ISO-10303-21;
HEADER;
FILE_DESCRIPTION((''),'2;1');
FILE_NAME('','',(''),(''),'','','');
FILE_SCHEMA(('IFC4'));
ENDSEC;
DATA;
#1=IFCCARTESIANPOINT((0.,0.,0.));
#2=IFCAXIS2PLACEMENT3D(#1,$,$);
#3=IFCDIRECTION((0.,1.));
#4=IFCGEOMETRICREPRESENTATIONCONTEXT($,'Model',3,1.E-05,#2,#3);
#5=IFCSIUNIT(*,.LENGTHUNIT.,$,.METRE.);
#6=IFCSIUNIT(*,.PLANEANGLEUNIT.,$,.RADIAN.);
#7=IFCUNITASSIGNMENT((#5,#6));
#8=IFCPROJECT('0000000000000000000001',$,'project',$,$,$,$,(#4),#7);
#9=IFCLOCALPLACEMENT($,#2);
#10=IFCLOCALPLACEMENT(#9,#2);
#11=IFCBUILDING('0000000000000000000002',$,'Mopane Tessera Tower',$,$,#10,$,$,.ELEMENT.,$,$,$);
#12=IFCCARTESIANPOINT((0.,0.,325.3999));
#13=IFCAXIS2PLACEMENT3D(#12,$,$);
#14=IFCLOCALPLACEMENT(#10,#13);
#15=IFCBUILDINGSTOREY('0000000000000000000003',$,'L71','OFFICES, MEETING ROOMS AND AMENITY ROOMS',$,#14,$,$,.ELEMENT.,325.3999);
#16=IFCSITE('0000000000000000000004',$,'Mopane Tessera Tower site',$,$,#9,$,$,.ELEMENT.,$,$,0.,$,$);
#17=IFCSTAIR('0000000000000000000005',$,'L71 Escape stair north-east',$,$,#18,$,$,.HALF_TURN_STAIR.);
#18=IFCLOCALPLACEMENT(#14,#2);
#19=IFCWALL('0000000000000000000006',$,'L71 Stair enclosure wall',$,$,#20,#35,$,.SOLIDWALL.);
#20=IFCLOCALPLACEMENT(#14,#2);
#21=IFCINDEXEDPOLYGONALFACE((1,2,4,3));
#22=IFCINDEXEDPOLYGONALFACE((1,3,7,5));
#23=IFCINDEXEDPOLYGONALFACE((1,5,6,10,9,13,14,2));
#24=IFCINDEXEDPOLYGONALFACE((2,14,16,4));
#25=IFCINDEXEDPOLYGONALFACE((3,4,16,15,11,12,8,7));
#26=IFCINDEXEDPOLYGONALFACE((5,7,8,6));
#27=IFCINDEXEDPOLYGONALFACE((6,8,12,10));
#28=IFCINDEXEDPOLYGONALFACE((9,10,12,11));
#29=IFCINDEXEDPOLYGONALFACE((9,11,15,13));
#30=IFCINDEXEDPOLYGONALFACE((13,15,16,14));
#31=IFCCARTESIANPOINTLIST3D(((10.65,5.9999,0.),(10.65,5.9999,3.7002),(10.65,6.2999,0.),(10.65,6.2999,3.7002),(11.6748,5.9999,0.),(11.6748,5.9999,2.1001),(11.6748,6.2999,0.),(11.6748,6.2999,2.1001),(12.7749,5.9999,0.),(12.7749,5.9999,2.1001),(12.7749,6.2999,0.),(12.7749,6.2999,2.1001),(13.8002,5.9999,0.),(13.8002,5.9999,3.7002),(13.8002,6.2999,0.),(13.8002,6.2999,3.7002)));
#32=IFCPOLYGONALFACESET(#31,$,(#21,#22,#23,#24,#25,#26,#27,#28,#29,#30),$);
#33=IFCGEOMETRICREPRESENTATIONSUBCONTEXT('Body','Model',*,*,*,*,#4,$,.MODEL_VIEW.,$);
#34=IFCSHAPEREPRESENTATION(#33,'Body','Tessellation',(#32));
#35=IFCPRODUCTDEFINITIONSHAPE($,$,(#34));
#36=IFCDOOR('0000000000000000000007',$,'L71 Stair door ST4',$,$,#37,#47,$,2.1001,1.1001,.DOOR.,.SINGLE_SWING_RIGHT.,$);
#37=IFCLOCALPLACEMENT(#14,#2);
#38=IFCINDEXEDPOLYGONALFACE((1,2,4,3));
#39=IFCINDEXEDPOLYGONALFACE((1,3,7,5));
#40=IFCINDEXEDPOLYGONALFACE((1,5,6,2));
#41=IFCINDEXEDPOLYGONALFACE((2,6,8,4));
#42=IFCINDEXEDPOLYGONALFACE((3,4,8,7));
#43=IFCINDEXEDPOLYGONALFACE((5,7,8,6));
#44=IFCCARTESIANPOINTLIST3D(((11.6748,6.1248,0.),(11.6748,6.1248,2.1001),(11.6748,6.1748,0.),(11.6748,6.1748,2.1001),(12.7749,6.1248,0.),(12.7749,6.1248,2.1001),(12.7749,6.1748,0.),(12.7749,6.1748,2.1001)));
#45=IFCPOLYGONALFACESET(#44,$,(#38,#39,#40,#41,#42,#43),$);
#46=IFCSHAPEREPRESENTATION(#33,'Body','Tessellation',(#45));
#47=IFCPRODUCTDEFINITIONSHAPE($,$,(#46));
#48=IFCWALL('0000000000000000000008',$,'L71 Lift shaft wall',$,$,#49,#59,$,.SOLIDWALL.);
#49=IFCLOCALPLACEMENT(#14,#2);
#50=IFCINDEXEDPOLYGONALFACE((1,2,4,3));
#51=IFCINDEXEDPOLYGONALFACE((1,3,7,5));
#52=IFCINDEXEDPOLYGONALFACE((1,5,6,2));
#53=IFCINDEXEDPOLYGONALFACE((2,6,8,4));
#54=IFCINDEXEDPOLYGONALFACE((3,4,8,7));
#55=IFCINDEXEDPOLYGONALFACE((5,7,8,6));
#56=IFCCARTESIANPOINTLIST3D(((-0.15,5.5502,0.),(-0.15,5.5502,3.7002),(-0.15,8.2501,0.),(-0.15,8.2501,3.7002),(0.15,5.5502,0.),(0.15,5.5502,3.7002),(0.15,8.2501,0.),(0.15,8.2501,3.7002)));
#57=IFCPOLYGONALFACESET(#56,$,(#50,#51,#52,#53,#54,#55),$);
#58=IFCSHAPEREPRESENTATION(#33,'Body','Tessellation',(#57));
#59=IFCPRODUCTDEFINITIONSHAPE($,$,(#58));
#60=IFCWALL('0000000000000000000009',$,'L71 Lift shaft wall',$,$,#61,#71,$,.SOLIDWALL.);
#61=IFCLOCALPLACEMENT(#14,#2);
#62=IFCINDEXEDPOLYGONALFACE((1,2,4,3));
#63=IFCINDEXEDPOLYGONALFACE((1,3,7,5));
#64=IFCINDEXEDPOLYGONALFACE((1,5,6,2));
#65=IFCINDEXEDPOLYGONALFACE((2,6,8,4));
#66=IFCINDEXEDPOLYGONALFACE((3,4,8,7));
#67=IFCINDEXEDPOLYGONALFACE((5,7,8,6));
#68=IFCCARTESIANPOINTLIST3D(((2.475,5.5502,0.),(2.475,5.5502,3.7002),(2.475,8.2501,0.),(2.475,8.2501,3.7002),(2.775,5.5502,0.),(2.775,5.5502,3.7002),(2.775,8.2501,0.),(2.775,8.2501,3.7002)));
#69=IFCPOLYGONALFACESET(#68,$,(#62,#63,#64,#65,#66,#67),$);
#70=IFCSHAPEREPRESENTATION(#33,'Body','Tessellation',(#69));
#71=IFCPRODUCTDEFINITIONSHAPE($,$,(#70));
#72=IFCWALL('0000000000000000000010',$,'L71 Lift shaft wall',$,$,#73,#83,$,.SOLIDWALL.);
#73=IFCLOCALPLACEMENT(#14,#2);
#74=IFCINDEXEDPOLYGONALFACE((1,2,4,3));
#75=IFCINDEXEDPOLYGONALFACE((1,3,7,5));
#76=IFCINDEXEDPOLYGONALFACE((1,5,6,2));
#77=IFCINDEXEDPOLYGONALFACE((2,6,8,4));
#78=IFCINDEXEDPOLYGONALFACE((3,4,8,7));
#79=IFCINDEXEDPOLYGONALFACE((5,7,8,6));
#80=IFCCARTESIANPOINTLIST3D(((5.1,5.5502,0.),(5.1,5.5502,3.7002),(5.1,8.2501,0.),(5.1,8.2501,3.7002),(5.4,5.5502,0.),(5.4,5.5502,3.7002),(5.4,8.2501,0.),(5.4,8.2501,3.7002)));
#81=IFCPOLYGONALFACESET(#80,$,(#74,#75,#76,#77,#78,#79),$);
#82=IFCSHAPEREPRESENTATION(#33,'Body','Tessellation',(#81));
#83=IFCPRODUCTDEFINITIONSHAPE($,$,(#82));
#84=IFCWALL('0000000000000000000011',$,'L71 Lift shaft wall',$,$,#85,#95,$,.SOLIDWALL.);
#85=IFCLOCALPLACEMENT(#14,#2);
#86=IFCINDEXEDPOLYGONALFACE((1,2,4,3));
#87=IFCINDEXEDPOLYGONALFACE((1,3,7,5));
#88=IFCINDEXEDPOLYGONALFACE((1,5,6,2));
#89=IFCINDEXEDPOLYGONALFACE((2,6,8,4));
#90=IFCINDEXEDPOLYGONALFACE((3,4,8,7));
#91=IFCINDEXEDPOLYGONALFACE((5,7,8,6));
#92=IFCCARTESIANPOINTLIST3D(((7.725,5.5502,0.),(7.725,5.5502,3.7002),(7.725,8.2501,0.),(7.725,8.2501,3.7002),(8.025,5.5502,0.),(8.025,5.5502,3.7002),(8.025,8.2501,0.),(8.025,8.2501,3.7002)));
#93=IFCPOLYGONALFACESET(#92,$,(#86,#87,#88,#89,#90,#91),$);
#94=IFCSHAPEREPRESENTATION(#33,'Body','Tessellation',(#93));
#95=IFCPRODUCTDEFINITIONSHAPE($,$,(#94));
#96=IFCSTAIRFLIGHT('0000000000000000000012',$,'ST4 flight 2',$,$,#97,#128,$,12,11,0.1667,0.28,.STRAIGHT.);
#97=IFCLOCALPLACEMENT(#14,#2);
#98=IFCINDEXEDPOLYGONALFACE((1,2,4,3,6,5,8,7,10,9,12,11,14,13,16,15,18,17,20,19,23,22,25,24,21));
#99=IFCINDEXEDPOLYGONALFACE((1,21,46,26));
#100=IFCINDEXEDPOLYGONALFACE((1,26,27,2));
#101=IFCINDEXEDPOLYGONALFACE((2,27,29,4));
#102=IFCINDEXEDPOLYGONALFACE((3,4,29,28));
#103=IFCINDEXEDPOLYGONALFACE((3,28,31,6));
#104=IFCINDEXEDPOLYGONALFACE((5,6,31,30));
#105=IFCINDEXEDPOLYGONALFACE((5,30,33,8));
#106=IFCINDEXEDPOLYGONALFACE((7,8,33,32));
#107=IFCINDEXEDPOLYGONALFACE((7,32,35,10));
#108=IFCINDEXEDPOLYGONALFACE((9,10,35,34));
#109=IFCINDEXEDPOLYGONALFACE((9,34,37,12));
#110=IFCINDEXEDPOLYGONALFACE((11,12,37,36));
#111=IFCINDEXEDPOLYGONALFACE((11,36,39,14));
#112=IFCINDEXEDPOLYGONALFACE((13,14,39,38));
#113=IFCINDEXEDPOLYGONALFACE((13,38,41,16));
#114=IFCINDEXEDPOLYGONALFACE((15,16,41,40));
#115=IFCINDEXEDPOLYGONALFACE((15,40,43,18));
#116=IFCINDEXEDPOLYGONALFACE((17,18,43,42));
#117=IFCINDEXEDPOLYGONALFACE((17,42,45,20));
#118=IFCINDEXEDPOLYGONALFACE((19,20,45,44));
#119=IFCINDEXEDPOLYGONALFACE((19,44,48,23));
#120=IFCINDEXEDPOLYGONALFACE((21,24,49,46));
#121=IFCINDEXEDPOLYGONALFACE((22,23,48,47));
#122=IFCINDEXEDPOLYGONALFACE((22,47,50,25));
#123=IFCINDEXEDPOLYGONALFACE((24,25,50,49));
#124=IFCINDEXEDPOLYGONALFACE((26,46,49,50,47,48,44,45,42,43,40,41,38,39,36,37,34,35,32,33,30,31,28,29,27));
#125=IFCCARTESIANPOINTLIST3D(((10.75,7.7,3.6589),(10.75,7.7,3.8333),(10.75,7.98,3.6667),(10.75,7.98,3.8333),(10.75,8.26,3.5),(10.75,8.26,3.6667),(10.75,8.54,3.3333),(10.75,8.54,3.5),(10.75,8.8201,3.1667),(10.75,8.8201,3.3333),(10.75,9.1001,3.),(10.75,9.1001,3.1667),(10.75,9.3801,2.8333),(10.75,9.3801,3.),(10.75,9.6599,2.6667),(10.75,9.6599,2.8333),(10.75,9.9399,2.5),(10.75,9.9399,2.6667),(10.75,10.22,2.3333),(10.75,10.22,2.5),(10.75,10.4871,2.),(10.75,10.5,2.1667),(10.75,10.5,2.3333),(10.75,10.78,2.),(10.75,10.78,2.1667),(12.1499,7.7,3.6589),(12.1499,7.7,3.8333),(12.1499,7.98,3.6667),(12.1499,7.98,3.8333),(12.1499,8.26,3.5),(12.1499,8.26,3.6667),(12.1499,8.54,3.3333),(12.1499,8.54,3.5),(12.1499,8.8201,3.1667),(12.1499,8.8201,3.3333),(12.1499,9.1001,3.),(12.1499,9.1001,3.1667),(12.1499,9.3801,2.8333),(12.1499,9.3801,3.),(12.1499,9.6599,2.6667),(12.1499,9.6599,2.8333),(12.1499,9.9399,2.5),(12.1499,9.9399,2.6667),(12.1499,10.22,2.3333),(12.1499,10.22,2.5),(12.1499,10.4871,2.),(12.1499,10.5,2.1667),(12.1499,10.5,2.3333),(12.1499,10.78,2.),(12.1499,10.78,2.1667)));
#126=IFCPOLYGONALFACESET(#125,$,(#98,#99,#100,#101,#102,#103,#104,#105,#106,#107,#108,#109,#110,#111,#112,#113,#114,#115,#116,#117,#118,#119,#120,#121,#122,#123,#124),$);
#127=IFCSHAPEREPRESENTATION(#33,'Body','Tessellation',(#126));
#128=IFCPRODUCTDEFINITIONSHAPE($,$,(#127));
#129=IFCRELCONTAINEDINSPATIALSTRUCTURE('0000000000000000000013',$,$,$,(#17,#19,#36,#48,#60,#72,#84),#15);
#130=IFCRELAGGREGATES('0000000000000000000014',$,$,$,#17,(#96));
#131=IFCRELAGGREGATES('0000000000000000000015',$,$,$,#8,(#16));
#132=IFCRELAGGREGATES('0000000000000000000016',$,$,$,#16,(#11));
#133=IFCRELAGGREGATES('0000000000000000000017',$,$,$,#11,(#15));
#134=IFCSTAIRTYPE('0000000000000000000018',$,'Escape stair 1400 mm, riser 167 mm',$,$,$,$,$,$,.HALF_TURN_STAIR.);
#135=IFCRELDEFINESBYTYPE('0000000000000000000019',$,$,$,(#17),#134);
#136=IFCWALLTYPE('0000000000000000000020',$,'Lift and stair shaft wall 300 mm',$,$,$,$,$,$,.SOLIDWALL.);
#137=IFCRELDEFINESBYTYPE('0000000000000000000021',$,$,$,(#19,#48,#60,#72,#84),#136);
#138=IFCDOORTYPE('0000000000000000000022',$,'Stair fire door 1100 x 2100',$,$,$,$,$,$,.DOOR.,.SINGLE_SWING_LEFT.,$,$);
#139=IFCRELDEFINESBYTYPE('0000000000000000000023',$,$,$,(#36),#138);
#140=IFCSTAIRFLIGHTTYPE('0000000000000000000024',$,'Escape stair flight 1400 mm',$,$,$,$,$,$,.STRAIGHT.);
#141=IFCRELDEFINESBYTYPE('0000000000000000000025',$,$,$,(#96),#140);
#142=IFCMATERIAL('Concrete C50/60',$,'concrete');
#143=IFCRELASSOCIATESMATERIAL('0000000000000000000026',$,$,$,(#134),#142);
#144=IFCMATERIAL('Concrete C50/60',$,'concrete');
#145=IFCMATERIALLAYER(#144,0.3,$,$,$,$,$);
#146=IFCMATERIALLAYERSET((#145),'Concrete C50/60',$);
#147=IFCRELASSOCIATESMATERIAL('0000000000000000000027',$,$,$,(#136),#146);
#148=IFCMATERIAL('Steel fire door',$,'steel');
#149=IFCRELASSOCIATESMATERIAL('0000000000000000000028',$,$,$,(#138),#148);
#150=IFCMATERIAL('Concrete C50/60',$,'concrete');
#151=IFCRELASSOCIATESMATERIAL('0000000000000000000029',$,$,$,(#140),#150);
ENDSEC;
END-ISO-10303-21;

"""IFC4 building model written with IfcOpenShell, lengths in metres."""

from ifc_helpers import new_model, si_unit, direction, frame, frame_2d, origin, place, context, subcontext, project, spatial, polyline, rectangle, outline, extrude, material, layer, layer_set, type_object, element, fill, aggregate, save


model = new_model("IFC4")

# Units and contexts
model_context = context("Model", 3, precision=1e-05, world=origin(), true_north=direction((0.0, 1.0)))
body_context = subcontext(model_context, "Body", "Model", "MODEL_VIEW")
ifc_project = project(units=[si_unit("LENGTHUNIT", "METRE"), si_unit("PLANEANGLEUNIT", "RADIAN")], contexts=[model_context])

# Site, building, storey
site_placement = place(None, origin())
site = spatial("IfcSite", under=ifc_project, at=site_placement, Name="Mopane Tessera Tower site", CompositionType="ELEMENT", RefElevation=0.0)
building_placement = place(site_placement, origin())
building = spatial("IfcBuilding", under=site, at=building_placement, Name="Mopane Tessera Tower", CompositionType="ELEMENT")
storey_placement = place(building_placement, frame((0.0, 0.0, 325.3999)))
storey = spatial("IfcBuildingStorey", under=building, at=storey_placement, Name="L71", Description="OFFICES, MEETING ROOMS AND AMENITY ROOMS", CompositionType="ELEMENT", Elevation=325.3999)

# Stair
ifc_material_1 = material(Name="Concrete C50/60", Category="concrete")
stair_type = type_object("IfcStairType", Name="Escape stair 1400 mm, riser 167 mm", PredefinedType="HALF_TURN_STAIR", material=ifc_material_1)
stair_1_placement = place(storey_placement, origin())
stair_1 = element("IfcStair", 1, at=stair_1_placement, inside=storey, type_object=stair_type, Name="L71 Escape stair north-east", PredefinedType="HALF_TURN_STAIR")

# Wall, opening, door
ifc_material_2 = material(Name="Concrete C50/60", Category="concrete")
ifc_layer_1 = layer(ifc_material_2, 0.3)
ifc_layer_set_1 = layer_set([ifc_layer_1], Name="Concrete C50/60")
wall_type_1 = type_object("IfcWallType", Name="Lift and stair shaft wall 300 mm", PredefinedType="SOLIDWALL", material=ifc_layer_set_1)
ifc_material_3 = material(Name="Steel fire door", Category="steel")
door_type = type_object("IfcDoorType", Name="Stair fire door 1100 x 2100", OperationType="SINGLE_SWING_LEFT", PredefinedType="DOOR", material=ifc_material_3)
wall_1_placement = place(storey_placement, frame((10.6499, 6.1499, 0.0), z_axis=(0.0, 0.0, 1.0), x_axis=(1.0, 0.0, 0.0)))
wall_1 = element("IfcWall", 2, at=wall_1_placement, inside=storey, type_object=wall_type_1, Name="L71 Stair enclosure wall", PredefinedType="SOLIDWALL", context=body_context, shape_type="SweptSolid", body=[
    extrude(rectangle(XDim=3.1501, YDim=0.3, at=frame_2d((1.5752, 0.0))), origin(), (0.0, 0.0, 1.0), 3.7002),
])
opening_1_placement = place(wall_1_placement, frame((1.0249, 0.0, 0.0)))
opening_1 = element("IfcOpeningElement", 3, at=opening_1_placement, cuts=wall_1, PredefinedType="OPENING", context=body_context, shape_type="SweptSolid", body=[
    extrude(rectangle(XDim=1.1001, YDim=2.1001, at=frame_2d((0.55, 1.05))), frame((0.0, 0.1621, 0.0), z_axis=(0.0, -1.0, 0.0), x_axis=(1.0, 0.0, 0.0)), (0.0, 0.0, 1.0), 0.324),
])
door_1_placement = place(opening_1_placement, origin())
door_1 = element("IfcDoor", 4, at=door_1_placement, inside=storey, type_object=door_type, Name="L71 Stair door ST4", OperationType="SINGLE_SWING_RIGHT", OverallHeight=2.1001, OverallWidth=1.1001, PredefinedType="DOOR", context=body_context, shape_type="SweptSolid", body=[
    extrude(rectangle(XDim=1.1001, YDim=2.1001, at=frame_2d((0.55, 1.05))), frame((0.0, 0.0249, 0.0), z_axis=(0.0, -1.0, 0.0), x_axis=(1.0, 0.0, 0.0)), (0.0, 0.0, 1.0), 0.05),
])
fill(opening_1, door_1)

# Walls
for number, where, z_axis, x_axis, name in (
    (5, (0.0, 5.55, 0.0), (0.0, 0.0, 1.0), (0.0, 1.0, 0.0), "L71 Lift shaft wall"),
    (6, (2.625, 5.55, 0.0), (0.0, 0.0, 1.0), (0.0, 1.0, 0.0), "L71 Lift shaft wall"),
    (7, (5.25, 5.55, 0.0), (0.0, 0.0, 1.0), (0.0, 1.0, 0.0), "L71 Lift shaft wall"),
    (8, (7.875, 5.55, 0.0), (0.0, 0.0, 1.0), (0.0, 1.0, 0.0), "L71 Lift shaft wall"),
):
    element("IfcWall", number, at=place(storey_placement, frame(where, z_axis=z_axis, x_axis=x_axis)), inside=storey, type_object=wall_type_1, Name=name, PredefinedType="SOLIDWALL", context=body_context, shape_type="SweptSolid", body=[
        extrude(rectangle(XDim=2.7, YDim=0.3, at=frame_2d((1.3501, 0.0))), origin(), (0.0, 0.0, 1.0), 3.7002),
    ])

# Stair flight
ifc_material_4 = material(Name="Concrete C50/60", Category="concrete")
stair_flight_type = type_object("IfcStairFlightType", Name="Escape stair flight 1400 mm", PredefinedType="STRAIGHT", material=ifc_material_4)
stair_flight_placement = place(storey_placement, frame((11.45, 10.78, 2.0), z_axis=(0.0, 0.0, 1.0), x_axis=(0.0, -1.0, 0.0)))
stair_flight = element("IfcStairFlight", 9, at=stair_flight_placement, type_object=stair_flight_type, Name="ST4 flight 2", NumberOfRisers=12, NumberOfTreads=11, PredefinedType="STRAIGHT", RiserHeight=0.1667, TreadLength=0.28, context=body_context, shape_type="SweptSolid", body=[
    extrude(outline(polyline([(0.0, 0.0), (0.0, 0.1667), (0.28, 0.1667), (0.28, 0.3333), (0.5601, 0.3333), (0.5601, 0.5), (0.8401, 0.5), (0.8401, 0.6667), (1.1201, 0.6667), (1.1201, 0.8333), (1.3999, 0.8333), (1.3999, 1.0), (1.6799, 1.0), (1.6799, 1.1667), (1.96, 1.1667), (1.96, 1.3333), (2.24, 1.3333), (2.24, 1.5), (2.52, 1.5), (2.52, 1.6667), (2.8, 1.6667), (2.8, 1.8333), (3.0801, 1.8333), (3.0801, 2.0), (3.0801, 1.6589), (0.293, 0.0), (0.0, 0.0)])), frame((0.0, 0.7, 0.0), z_axis=(0.0, -1.0, 0.0), x_axis=(1.0, 0.0, 0.0)), (0.0, 0.0, 1.0), 1.3999),
])
aggregate(stair_1, [stair_flight])

save(model, "model.ifc")
